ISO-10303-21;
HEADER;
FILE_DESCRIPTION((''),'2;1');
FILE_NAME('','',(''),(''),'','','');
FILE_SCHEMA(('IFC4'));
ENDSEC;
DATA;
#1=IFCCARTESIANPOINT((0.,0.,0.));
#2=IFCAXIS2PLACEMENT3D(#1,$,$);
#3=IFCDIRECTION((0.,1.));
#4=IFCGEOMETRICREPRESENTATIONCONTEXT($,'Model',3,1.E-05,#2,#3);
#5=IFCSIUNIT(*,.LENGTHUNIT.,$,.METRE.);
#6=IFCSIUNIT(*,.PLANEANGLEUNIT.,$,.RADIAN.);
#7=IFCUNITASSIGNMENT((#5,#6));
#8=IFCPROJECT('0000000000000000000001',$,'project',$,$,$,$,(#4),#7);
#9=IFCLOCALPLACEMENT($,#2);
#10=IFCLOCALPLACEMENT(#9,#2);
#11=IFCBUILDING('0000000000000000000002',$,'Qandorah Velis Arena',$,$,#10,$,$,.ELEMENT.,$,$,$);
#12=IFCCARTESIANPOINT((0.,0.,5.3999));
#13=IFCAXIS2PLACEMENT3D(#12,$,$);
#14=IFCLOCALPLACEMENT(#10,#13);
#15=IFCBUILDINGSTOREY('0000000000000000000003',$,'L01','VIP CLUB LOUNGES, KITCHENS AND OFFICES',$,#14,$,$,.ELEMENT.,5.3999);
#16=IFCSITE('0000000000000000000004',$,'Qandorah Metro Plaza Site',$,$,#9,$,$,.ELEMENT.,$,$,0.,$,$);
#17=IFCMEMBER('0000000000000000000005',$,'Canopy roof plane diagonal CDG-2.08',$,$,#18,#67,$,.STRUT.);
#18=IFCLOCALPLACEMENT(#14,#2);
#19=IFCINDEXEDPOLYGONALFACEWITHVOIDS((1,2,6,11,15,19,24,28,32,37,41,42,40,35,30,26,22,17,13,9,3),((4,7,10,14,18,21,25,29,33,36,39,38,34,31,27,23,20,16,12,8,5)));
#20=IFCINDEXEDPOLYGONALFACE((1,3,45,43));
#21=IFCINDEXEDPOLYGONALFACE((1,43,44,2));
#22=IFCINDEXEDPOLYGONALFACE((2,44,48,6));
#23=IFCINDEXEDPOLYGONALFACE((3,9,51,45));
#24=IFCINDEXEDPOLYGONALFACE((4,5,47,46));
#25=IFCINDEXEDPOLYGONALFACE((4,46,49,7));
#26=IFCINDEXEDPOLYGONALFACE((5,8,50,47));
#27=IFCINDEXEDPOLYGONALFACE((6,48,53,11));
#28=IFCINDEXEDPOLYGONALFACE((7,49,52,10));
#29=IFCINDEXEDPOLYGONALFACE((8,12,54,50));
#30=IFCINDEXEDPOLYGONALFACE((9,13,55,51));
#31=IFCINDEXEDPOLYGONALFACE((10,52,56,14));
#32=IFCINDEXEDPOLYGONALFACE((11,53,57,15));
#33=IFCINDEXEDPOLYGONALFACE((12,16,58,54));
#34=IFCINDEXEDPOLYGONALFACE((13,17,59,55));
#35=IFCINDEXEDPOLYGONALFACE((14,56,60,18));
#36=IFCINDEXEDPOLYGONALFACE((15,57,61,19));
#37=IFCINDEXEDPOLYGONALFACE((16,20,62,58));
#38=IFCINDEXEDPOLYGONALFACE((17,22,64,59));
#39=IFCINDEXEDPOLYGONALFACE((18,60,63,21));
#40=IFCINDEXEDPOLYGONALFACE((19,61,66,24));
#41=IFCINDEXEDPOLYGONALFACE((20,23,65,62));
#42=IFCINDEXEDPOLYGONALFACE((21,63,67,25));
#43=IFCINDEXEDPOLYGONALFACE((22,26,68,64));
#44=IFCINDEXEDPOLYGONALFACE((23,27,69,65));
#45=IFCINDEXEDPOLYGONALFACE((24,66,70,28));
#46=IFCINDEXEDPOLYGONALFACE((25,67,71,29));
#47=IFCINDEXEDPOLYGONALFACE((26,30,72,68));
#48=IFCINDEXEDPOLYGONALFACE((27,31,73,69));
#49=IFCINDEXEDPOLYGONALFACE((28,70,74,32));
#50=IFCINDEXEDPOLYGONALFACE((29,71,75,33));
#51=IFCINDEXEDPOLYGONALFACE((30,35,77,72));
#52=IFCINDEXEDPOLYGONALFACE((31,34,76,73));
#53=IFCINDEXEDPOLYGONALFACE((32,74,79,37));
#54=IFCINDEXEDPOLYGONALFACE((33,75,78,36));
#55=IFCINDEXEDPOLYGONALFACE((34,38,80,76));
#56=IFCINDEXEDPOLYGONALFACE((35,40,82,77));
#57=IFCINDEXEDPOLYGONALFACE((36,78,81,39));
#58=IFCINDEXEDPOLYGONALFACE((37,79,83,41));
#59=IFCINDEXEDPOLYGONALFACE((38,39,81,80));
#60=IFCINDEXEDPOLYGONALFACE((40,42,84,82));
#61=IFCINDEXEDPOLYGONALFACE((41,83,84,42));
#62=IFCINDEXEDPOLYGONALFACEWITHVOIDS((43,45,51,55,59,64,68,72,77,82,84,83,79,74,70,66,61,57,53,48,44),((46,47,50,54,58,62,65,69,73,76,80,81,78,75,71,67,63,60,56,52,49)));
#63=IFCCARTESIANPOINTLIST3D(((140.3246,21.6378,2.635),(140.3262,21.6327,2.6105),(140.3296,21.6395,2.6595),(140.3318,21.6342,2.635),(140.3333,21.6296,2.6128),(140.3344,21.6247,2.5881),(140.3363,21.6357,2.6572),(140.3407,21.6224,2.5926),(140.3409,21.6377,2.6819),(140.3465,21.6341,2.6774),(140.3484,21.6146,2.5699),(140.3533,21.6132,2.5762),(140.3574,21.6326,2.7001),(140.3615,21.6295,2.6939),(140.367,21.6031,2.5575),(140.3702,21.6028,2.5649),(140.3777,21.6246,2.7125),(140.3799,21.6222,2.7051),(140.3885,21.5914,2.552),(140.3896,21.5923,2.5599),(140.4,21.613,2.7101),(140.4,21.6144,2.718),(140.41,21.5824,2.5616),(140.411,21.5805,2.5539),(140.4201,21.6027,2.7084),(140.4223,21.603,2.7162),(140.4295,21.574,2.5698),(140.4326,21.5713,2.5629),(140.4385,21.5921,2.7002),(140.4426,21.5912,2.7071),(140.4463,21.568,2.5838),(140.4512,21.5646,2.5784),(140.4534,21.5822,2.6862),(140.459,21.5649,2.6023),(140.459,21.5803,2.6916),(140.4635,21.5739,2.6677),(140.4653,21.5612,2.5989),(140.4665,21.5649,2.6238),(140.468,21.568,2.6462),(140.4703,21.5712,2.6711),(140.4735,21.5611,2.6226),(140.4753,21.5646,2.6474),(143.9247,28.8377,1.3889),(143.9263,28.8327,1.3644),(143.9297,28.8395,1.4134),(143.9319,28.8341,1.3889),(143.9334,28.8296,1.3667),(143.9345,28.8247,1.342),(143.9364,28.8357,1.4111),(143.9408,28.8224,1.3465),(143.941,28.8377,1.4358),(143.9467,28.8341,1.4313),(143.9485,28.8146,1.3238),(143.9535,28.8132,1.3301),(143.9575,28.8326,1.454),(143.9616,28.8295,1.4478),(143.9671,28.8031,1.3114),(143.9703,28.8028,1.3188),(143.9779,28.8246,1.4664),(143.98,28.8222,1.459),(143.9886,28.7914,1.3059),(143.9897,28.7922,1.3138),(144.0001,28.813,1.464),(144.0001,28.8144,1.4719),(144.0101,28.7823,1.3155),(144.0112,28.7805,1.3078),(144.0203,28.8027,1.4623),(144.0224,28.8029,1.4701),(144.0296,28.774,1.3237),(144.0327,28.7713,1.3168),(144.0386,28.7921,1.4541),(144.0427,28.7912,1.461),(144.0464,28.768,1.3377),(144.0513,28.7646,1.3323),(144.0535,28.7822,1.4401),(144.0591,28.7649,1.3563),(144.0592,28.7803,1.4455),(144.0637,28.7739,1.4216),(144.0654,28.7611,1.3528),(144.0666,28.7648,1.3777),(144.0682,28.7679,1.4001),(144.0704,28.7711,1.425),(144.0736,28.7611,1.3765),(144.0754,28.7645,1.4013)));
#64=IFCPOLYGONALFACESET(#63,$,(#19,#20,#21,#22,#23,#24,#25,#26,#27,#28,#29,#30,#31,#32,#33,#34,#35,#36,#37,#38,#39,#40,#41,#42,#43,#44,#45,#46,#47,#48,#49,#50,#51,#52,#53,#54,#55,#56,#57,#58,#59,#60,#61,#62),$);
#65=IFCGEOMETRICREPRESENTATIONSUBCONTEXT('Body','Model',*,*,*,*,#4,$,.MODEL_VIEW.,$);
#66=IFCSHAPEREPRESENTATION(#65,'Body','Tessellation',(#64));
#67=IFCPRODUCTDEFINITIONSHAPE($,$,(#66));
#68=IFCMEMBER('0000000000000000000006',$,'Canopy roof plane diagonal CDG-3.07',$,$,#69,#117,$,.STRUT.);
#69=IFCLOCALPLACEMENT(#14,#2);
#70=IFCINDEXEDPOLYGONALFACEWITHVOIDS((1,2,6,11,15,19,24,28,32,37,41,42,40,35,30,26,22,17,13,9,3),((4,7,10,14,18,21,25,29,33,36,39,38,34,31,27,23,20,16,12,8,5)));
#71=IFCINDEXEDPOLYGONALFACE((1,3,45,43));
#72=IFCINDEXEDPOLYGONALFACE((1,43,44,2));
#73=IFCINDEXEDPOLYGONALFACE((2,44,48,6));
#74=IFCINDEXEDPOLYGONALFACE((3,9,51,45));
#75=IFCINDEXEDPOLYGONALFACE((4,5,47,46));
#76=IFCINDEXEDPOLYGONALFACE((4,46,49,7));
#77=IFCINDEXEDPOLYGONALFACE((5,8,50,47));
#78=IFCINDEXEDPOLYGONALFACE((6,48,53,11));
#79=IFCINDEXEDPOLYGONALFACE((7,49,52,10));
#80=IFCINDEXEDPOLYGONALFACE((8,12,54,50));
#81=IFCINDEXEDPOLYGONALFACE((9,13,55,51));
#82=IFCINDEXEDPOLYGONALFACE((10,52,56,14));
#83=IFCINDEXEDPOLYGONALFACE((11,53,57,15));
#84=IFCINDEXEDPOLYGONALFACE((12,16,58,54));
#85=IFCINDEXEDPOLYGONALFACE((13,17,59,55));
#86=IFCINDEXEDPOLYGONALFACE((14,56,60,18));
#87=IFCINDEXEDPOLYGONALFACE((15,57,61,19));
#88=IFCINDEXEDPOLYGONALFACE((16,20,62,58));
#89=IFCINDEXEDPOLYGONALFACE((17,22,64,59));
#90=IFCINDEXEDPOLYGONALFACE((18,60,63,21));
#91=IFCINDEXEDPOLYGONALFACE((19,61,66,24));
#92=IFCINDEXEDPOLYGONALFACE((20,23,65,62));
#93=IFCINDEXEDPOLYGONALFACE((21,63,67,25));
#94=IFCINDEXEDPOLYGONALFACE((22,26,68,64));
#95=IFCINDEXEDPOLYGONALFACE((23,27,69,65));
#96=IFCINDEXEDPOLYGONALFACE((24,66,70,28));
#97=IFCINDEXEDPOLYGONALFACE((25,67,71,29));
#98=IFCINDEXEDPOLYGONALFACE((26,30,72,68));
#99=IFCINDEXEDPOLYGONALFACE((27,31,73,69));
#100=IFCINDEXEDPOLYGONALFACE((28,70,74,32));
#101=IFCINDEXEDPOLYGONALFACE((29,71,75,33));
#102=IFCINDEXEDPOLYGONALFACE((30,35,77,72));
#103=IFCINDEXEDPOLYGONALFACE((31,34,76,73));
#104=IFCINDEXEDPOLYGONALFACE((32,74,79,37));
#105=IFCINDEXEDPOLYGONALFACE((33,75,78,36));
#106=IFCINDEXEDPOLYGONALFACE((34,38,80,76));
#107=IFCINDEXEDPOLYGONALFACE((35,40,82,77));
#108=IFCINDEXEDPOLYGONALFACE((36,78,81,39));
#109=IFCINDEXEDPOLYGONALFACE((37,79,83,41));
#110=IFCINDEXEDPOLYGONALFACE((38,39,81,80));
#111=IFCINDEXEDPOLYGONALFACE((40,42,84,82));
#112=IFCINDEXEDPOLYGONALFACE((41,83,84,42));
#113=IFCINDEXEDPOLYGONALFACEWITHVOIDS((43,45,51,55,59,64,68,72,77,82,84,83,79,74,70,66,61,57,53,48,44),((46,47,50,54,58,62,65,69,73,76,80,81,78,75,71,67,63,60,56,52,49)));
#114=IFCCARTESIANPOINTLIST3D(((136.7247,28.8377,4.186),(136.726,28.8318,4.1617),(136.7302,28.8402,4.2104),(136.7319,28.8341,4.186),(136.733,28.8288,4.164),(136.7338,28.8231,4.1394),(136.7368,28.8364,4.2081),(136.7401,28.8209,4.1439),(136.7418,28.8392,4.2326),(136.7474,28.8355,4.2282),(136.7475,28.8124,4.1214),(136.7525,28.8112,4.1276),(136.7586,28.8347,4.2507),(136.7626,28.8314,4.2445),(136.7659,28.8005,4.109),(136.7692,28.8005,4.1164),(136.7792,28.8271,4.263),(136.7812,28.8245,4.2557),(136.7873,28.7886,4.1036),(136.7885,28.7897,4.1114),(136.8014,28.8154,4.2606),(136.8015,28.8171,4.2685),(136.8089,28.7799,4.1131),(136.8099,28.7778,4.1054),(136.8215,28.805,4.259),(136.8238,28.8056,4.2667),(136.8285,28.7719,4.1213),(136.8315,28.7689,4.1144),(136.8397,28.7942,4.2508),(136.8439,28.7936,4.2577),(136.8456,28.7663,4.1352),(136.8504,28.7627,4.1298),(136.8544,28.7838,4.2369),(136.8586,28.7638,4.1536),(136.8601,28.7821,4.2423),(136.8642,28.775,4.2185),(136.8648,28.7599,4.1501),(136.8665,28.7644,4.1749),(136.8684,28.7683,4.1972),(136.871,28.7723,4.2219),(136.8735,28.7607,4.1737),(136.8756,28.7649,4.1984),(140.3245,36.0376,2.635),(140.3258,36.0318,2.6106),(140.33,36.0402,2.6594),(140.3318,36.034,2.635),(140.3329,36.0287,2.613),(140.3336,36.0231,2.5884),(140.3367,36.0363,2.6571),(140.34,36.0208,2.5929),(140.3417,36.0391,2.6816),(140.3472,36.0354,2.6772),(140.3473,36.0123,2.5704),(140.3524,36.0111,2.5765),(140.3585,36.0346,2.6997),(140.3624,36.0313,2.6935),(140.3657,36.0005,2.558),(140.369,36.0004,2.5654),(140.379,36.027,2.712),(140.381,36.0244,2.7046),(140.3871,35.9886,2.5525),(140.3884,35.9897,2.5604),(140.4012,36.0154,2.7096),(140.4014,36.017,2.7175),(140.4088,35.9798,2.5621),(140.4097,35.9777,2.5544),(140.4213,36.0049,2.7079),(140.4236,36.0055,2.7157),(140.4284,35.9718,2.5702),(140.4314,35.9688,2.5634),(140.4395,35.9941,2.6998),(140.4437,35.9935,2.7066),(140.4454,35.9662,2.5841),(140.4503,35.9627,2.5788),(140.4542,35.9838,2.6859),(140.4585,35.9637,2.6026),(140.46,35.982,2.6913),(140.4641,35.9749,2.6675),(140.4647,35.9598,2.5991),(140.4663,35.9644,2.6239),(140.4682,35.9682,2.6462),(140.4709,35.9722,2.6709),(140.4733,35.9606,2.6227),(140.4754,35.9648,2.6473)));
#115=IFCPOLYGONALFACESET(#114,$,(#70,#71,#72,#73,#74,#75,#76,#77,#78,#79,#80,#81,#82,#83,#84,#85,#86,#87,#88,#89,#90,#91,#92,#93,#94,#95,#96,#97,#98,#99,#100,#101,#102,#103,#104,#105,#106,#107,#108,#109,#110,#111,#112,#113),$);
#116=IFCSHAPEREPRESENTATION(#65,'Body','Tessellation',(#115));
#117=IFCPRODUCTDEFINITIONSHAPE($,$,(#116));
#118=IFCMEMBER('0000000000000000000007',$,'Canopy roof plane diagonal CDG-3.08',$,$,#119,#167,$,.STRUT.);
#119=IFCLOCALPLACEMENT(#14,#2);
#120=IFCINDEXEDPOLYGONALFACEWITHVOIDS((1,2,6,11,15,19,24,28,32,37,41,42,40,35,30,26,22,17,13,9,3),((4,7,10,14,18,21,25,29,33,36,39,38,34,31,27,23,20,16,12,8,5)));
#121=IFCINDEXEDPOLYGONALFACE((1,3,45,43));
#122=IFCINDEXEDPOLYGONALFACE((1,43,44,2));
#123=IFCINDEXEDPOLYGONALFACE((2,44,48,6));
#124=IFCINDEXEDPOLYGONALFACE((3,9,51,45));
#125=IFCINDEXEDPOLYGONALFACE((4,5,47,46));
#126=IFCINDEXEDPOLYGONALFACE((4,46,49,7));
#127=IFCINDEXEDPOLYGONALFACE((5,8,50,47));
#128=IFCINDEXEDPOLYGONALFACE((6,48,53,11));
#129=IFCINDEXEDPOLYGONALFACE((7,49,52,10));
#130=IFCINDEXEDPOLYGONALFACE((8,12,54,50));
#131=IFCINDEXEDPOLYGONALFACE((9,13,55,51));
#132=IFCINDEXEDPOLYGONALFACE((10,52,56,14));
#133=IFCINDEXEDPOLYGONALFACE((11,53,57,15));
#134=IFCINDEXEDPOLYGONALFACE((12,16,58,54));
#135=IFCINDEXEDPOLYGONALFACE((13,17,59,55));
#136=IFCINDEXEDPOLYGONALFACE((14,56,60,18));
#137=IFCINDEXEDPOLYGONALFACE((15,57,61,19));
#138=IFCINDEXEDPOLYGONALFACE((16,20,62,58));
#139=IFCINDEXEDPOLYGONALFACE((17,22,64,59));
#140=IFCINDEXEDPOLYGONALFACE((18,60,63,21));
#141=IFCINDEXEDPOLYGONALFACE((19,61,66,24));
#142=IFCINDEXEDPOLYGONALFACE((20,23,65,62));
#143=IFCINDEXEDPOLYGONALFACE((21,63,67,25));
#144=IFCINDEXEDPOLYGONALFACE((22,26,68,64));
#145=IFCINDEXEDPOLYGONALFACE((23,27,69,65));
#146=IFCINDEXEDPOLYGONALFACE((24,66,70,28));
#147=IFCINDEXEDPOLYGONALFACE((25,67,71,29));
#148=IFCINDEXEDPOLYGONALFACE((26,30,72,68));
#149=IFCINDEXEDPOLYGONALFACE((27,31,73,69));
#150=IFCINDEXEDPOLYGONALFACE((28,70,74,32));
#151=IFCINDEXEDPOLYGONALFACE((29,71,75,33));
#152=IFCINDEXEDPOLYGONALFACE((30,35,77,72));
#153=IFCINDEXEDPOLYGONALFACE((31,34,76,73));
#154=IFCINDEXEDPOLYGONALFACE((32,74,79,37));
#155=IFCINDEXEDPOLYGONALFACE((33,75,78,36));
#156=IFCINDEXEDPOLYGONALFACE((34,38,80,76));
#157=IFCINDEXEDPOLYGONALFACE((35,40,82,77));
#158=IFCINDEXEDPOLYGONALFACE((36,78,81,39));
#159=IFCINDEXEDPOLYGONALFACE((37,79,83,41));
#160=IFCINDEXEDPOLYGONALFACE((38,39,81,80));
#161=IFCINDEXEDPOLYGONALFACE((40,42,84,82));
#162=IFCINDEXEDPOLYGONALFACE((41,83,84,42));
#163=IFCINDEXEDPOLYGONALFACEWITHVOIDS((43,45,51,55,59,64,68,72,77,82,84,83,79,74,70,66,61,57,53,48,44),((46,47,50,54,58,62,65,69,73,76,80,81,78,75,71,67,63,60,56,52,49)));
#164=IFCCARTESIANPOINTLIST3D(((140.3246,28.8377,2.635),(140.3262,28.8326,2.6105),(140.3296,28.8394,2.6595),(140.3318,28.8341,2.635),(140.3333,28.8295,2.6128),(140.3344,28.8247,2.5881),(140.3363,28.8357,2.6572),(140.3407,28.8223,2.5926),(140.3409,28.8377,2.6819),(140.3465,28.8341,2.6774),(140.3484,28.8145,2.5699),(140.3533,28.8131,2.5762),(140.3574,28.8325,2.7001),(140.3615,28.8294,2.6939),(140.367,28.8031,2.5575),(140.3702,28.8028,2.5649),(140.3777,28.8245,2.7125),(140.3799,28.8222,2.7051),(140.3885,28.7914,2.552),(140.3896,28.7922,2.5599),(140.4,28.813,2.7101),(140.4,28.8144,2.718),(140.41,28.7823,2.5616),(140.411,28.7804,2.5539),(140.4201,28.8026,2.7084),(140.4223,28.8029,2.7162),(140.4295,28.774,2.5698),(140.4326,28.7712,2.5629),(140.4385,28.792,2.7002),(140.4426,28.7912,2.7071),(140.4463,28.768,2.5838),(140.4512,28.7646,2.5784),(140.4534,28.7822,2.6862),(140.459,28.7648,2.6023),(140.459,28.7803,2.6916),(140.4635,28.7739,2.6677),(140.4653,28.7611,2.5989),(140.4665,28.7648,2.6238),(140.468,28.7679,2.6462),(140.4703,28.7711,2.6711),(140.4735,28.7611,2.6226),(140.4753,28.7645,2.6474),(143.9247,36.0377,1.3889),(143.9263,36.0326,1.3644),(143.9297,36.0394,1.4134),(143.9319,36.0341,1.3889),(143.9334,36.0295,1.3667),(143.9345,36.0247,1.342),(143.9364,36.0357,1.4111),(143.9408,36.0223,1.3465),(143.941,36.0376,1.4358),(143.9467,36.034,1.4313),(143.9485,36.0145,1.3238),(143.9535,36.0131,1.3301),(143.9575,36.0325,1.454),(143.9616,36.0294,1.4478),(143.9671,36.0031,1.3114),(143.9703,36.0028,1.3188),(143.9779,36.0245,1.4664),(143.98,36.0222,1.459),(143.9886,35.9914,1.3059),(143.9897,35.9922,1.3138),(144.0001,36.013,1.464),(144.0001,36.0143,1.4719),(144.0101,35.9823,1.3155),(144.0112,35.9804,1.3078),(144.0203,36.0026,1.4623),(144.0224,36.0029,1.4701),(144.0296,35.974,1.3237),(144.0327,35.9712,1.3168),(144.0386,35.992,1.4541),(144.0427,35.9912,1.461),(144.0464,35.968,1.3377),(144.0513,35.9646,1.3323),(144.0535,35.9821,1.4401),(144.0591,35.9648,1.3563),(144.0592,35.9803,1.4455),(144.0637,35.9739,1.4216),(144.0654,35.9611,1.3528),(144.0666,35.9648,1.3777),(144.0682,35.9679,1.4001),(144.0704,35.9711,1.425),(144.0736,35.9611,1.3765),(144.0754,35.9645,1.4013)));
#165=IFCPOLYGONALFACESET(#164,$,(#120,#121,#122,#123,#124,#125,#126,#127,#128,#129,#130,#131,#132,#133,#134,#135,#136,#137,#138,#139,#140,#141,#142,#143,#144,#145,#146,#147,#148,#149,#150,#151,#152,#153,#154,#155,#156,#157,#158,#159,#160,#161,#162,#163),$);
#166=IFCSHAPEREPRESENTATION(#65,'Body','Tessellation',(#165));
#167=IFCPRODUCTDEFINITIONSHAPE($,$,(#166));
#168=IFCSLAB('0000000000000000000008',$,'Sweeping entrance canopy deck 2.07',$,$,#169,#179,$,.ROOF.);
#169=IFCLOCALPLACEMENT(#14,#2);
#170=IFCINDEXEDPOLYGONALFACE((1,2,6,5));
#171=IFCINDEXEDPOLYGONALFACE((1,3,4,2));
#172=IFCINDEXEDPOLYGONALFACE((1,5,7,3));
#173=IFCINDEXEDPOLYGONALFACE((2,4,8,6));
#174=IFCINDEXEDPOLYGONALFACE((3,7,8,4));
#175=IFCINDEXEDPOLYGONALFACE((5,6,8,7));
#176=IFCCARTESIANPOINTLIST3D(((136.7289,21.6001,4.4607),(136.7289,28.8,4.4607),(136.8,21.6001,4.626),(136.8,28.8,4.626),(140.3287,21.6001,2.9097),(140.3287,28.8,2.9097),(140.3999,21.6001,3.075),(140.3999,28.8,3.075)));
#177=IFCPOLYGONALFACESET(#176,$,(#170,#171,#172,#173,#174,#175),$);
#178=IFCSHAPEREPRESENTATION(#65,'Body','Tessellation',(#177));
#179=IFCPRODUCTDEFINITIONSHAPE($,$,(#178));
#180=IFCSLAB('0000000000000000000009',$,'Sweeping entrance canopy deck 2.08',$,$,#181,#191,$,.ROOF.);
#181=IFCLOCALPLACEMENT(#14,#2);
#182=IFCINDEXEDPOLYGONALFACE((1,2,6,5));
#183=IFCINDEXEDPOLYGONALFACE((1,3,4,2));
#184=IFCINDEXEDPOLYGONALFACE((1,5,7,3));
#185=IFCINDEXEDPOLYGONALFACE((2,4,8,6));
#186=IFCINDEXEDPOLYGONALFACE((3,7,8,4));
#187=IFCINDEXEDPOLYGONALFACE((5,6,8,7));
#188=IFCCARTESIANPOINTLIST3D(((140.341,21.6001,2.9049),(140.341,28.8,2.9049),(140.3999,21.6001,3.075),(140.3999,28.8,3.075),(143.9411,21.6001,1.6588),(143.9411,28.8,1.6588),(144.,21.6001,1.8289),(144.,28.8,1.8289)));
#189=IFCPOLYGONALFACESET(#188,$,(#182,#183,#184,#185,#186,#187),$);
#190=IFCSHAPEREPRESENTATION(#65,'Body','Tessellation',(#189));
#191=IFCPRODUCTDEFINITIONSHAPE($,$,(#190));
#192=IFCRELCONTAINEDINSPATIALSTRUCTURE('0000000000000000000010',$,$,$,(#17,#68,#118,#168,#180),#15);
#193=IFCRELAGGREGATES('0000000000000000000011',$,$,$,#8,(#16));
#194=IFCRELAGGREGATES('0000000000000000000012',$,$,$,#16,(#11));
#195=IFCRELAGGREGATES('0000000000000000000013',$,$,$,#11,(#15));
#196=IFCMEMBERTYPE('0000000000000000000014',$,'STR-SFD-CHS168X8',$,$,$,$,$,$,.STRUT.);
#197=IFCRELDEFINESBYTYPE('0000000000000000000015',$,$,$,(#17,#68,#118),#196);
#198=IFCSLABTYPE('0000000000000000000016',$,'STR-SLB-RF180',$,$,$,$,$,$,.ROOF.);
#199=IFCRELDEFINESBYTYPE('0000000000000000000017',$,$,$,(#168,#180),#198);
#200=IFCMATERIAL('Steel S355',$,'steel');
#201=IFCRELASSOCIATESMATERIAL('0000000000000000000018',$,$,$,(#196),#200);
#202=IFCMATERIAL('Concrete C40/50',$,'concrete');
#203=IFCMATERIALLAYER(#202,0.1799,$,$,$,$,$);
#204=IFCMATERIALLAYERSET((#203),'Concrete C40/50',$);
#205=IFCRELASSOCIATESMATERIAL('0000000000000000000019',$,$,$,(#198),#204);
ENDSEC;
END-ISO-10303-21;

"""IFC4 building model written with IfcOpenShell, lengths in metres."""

from ifc_helpers import new_model, si_unit, direction, frame, origin, origin_2d, place, context, subcontext, project, spatial, polyline, hollow_circle, outline, extrude, material, layer, layer_set, material_profile, profile_set, type_object, element, save


model = new_model("IFC4")

# Units and contexts
model_context = context("Model", 3, precision=1e-05, world=origin(), true_north=direction((0.0, 1.0)))
body_context = subcontext(model_context, "Body", "Model", "MODEL_VIEW")
ifc_project = project(units=[si_unit("LENGTHUNIT", "METRE"), si_unit("PLANEANGLEUNIT", "RADIAN")], contexts=[model_context])

# Site, building, storey
site_placement = place(None, origin())
site = spatial("IfcSite", under=ifc_project, at=site_placement, Name="Qandorah Metro Plaza Site", CompositionType="ELEMENT", RefElevation=0.0)
building_placement = place(site_placement, origin())
building = spatial("IfcBuilding", under=site, at=building_placement, Name="Qandorah Velis Arena", CompositionType="ELEMENT")
storey_placement = place(building_placement, frame((0.0, 0.0, 5.3999)))
storey = spatial("IfcBuildingStorey", under=building, at=storey_placement, Name="L01", Description="VIP CLUB LOUNGES, KITCHENS AND OFFICES", CompositionType="ELEMENT", Elevation=5.3999)

# Shared definitions
ifc_material_1 = material(Name="Steel S355", Category="steel")

# Members
ifc_material_profile_1 = material_profile(ifc_material_1, hollow_circle(Radius=0.0842, WallThickness=0.0081, at=origin_2d()), Name="CHS 168.3x8")
ifc_profile_set_1 = profile_set([ifc_material_profile_1], Name="Steel S355")
member_type_1 = type_object("IfcMemberType", Name="STR-SFD-CHS168X8", PredefinedType="STRUT", material=ifc_profile_set_1)
member_1_placement = place(storey_placement, frame((140.3999, 21.6001, 2.635), z_axis=(0.441962, 0.883894, -0.152975), x_axis=(-0.894421, 0.447226, 0.0)))
element("IfcMember", 1, at=member_1_placement, inside=storey, type_object=member_type_1, Name="Canopy roof plane diagonal CDG-2.08", PredefinedType="STRUT", context=body_context, shape_type="SweptSolid", body=[
    extrude(hollow_circle(Radius=0.0842, WallThickness=0.0081, at=origin_2d()), origin(), (0.0, 0.0, 1.0), 8.1458),
])
member_2_placement = place(storey_placement, frame((136.8, 28.8, 4.186), z_axis=(0.439124, 0.878278, -0.1892), x_axis=(-0.894433, 0.447201, 0.0)))
element("IfcMember", 2, at=member_2_placement, inside=storey, type_object=member_type_1, Name="Canopy roof plane diagonal CDG-3.07", PredefinedType="STRUT", context=body_context, shape_type="SweptSolid", body=[
    extrude(hollow_circle(Radius=0.0842, WallThickness=0.0081, at=origin_2d()), origin(), (0.0, 0.0, 1.0), 8.1978),
])
member_3_placement = place(storey_placement, frame((140.3999, 28.8, 2.635), z_axis=(0.441962, 0.883894, -0.152975), x_axis=(-0.894421, 0.447226, 0.0)))
element("IfcMember", 3, at=member_3_placement, inside=storey, type_object=member_type_1, Name="Canopy roof plane diagonal CDG-3.08", PredefinedType="STRUT", context=body_context, shape_type="SweptSolid", body=[
    extrude(hollow_circle(Radius=0.0842, WallThickness=0.0081, at=origin_2d()), origin(), (0.0, 0.0, 1.0), 8.1458),
])

# Slabs
ifc_material_2 = material(Name="Concrete C40/50", Category="concrete")
ifc_layer_1 = layer(ifc_material_2, 0.1799)
ifc_layer_set_1 = layer_set([ifc_layer_1], Name="Concrete C40/50")
slab_type = type_object("IfcSlabType", Name="STR-SLB-RF180", PredefinedType="ROOF", material=ifc_layer_set_1)
slab_1_placement = place(storey_placement, frame((136.8, 21.6001, 4.626), z_axis=(0.395693, 0.0, 0.918383), x_axis=(0.918383, 0.0, -0.395693)))
element("IfcSlab", 4, at=slab_1_placement, inside=storey, type_object=slab_type, Name="Sweeping entrance canopy deck 2.07", PredefinedType="ROOF", context=body_context, shape_type="SweptSolid", body=[
    extrude(outline(polyline([(0.0, 0.0), (3.9198, 0.0), (3.9198, 7.2), (0.0, 7.2), (0.0, 0.0)])), origin(), (0.0, 0.0, -1.0), 0.1799),
])
slab_2_placement = place(storey_placement, frame((140.3999, 21.6001, 3.075), z_axis=(0.327089, 0.0, 0.944994), x_axis=(0.944994, 0.0, -0.327089)))
element("IfcSlab", 5, at=slab_2_placement, inside=storey, type_object=slab_type, Name="Sweeping entrance canopy deck 2.08", PredefinedType="ROOF", context=body_context, shape_type="SweptSolid", body=[
    extrude(outline(polyline([(0.0, 0.0), (3.8097, 0.0), (3.8097, 7.2), (0.0, 7.2), (0.0, 0.0)])), origin(), (0.0, 0.0, -1.0), 0.1799),
])

save(model, "model.ifc")
